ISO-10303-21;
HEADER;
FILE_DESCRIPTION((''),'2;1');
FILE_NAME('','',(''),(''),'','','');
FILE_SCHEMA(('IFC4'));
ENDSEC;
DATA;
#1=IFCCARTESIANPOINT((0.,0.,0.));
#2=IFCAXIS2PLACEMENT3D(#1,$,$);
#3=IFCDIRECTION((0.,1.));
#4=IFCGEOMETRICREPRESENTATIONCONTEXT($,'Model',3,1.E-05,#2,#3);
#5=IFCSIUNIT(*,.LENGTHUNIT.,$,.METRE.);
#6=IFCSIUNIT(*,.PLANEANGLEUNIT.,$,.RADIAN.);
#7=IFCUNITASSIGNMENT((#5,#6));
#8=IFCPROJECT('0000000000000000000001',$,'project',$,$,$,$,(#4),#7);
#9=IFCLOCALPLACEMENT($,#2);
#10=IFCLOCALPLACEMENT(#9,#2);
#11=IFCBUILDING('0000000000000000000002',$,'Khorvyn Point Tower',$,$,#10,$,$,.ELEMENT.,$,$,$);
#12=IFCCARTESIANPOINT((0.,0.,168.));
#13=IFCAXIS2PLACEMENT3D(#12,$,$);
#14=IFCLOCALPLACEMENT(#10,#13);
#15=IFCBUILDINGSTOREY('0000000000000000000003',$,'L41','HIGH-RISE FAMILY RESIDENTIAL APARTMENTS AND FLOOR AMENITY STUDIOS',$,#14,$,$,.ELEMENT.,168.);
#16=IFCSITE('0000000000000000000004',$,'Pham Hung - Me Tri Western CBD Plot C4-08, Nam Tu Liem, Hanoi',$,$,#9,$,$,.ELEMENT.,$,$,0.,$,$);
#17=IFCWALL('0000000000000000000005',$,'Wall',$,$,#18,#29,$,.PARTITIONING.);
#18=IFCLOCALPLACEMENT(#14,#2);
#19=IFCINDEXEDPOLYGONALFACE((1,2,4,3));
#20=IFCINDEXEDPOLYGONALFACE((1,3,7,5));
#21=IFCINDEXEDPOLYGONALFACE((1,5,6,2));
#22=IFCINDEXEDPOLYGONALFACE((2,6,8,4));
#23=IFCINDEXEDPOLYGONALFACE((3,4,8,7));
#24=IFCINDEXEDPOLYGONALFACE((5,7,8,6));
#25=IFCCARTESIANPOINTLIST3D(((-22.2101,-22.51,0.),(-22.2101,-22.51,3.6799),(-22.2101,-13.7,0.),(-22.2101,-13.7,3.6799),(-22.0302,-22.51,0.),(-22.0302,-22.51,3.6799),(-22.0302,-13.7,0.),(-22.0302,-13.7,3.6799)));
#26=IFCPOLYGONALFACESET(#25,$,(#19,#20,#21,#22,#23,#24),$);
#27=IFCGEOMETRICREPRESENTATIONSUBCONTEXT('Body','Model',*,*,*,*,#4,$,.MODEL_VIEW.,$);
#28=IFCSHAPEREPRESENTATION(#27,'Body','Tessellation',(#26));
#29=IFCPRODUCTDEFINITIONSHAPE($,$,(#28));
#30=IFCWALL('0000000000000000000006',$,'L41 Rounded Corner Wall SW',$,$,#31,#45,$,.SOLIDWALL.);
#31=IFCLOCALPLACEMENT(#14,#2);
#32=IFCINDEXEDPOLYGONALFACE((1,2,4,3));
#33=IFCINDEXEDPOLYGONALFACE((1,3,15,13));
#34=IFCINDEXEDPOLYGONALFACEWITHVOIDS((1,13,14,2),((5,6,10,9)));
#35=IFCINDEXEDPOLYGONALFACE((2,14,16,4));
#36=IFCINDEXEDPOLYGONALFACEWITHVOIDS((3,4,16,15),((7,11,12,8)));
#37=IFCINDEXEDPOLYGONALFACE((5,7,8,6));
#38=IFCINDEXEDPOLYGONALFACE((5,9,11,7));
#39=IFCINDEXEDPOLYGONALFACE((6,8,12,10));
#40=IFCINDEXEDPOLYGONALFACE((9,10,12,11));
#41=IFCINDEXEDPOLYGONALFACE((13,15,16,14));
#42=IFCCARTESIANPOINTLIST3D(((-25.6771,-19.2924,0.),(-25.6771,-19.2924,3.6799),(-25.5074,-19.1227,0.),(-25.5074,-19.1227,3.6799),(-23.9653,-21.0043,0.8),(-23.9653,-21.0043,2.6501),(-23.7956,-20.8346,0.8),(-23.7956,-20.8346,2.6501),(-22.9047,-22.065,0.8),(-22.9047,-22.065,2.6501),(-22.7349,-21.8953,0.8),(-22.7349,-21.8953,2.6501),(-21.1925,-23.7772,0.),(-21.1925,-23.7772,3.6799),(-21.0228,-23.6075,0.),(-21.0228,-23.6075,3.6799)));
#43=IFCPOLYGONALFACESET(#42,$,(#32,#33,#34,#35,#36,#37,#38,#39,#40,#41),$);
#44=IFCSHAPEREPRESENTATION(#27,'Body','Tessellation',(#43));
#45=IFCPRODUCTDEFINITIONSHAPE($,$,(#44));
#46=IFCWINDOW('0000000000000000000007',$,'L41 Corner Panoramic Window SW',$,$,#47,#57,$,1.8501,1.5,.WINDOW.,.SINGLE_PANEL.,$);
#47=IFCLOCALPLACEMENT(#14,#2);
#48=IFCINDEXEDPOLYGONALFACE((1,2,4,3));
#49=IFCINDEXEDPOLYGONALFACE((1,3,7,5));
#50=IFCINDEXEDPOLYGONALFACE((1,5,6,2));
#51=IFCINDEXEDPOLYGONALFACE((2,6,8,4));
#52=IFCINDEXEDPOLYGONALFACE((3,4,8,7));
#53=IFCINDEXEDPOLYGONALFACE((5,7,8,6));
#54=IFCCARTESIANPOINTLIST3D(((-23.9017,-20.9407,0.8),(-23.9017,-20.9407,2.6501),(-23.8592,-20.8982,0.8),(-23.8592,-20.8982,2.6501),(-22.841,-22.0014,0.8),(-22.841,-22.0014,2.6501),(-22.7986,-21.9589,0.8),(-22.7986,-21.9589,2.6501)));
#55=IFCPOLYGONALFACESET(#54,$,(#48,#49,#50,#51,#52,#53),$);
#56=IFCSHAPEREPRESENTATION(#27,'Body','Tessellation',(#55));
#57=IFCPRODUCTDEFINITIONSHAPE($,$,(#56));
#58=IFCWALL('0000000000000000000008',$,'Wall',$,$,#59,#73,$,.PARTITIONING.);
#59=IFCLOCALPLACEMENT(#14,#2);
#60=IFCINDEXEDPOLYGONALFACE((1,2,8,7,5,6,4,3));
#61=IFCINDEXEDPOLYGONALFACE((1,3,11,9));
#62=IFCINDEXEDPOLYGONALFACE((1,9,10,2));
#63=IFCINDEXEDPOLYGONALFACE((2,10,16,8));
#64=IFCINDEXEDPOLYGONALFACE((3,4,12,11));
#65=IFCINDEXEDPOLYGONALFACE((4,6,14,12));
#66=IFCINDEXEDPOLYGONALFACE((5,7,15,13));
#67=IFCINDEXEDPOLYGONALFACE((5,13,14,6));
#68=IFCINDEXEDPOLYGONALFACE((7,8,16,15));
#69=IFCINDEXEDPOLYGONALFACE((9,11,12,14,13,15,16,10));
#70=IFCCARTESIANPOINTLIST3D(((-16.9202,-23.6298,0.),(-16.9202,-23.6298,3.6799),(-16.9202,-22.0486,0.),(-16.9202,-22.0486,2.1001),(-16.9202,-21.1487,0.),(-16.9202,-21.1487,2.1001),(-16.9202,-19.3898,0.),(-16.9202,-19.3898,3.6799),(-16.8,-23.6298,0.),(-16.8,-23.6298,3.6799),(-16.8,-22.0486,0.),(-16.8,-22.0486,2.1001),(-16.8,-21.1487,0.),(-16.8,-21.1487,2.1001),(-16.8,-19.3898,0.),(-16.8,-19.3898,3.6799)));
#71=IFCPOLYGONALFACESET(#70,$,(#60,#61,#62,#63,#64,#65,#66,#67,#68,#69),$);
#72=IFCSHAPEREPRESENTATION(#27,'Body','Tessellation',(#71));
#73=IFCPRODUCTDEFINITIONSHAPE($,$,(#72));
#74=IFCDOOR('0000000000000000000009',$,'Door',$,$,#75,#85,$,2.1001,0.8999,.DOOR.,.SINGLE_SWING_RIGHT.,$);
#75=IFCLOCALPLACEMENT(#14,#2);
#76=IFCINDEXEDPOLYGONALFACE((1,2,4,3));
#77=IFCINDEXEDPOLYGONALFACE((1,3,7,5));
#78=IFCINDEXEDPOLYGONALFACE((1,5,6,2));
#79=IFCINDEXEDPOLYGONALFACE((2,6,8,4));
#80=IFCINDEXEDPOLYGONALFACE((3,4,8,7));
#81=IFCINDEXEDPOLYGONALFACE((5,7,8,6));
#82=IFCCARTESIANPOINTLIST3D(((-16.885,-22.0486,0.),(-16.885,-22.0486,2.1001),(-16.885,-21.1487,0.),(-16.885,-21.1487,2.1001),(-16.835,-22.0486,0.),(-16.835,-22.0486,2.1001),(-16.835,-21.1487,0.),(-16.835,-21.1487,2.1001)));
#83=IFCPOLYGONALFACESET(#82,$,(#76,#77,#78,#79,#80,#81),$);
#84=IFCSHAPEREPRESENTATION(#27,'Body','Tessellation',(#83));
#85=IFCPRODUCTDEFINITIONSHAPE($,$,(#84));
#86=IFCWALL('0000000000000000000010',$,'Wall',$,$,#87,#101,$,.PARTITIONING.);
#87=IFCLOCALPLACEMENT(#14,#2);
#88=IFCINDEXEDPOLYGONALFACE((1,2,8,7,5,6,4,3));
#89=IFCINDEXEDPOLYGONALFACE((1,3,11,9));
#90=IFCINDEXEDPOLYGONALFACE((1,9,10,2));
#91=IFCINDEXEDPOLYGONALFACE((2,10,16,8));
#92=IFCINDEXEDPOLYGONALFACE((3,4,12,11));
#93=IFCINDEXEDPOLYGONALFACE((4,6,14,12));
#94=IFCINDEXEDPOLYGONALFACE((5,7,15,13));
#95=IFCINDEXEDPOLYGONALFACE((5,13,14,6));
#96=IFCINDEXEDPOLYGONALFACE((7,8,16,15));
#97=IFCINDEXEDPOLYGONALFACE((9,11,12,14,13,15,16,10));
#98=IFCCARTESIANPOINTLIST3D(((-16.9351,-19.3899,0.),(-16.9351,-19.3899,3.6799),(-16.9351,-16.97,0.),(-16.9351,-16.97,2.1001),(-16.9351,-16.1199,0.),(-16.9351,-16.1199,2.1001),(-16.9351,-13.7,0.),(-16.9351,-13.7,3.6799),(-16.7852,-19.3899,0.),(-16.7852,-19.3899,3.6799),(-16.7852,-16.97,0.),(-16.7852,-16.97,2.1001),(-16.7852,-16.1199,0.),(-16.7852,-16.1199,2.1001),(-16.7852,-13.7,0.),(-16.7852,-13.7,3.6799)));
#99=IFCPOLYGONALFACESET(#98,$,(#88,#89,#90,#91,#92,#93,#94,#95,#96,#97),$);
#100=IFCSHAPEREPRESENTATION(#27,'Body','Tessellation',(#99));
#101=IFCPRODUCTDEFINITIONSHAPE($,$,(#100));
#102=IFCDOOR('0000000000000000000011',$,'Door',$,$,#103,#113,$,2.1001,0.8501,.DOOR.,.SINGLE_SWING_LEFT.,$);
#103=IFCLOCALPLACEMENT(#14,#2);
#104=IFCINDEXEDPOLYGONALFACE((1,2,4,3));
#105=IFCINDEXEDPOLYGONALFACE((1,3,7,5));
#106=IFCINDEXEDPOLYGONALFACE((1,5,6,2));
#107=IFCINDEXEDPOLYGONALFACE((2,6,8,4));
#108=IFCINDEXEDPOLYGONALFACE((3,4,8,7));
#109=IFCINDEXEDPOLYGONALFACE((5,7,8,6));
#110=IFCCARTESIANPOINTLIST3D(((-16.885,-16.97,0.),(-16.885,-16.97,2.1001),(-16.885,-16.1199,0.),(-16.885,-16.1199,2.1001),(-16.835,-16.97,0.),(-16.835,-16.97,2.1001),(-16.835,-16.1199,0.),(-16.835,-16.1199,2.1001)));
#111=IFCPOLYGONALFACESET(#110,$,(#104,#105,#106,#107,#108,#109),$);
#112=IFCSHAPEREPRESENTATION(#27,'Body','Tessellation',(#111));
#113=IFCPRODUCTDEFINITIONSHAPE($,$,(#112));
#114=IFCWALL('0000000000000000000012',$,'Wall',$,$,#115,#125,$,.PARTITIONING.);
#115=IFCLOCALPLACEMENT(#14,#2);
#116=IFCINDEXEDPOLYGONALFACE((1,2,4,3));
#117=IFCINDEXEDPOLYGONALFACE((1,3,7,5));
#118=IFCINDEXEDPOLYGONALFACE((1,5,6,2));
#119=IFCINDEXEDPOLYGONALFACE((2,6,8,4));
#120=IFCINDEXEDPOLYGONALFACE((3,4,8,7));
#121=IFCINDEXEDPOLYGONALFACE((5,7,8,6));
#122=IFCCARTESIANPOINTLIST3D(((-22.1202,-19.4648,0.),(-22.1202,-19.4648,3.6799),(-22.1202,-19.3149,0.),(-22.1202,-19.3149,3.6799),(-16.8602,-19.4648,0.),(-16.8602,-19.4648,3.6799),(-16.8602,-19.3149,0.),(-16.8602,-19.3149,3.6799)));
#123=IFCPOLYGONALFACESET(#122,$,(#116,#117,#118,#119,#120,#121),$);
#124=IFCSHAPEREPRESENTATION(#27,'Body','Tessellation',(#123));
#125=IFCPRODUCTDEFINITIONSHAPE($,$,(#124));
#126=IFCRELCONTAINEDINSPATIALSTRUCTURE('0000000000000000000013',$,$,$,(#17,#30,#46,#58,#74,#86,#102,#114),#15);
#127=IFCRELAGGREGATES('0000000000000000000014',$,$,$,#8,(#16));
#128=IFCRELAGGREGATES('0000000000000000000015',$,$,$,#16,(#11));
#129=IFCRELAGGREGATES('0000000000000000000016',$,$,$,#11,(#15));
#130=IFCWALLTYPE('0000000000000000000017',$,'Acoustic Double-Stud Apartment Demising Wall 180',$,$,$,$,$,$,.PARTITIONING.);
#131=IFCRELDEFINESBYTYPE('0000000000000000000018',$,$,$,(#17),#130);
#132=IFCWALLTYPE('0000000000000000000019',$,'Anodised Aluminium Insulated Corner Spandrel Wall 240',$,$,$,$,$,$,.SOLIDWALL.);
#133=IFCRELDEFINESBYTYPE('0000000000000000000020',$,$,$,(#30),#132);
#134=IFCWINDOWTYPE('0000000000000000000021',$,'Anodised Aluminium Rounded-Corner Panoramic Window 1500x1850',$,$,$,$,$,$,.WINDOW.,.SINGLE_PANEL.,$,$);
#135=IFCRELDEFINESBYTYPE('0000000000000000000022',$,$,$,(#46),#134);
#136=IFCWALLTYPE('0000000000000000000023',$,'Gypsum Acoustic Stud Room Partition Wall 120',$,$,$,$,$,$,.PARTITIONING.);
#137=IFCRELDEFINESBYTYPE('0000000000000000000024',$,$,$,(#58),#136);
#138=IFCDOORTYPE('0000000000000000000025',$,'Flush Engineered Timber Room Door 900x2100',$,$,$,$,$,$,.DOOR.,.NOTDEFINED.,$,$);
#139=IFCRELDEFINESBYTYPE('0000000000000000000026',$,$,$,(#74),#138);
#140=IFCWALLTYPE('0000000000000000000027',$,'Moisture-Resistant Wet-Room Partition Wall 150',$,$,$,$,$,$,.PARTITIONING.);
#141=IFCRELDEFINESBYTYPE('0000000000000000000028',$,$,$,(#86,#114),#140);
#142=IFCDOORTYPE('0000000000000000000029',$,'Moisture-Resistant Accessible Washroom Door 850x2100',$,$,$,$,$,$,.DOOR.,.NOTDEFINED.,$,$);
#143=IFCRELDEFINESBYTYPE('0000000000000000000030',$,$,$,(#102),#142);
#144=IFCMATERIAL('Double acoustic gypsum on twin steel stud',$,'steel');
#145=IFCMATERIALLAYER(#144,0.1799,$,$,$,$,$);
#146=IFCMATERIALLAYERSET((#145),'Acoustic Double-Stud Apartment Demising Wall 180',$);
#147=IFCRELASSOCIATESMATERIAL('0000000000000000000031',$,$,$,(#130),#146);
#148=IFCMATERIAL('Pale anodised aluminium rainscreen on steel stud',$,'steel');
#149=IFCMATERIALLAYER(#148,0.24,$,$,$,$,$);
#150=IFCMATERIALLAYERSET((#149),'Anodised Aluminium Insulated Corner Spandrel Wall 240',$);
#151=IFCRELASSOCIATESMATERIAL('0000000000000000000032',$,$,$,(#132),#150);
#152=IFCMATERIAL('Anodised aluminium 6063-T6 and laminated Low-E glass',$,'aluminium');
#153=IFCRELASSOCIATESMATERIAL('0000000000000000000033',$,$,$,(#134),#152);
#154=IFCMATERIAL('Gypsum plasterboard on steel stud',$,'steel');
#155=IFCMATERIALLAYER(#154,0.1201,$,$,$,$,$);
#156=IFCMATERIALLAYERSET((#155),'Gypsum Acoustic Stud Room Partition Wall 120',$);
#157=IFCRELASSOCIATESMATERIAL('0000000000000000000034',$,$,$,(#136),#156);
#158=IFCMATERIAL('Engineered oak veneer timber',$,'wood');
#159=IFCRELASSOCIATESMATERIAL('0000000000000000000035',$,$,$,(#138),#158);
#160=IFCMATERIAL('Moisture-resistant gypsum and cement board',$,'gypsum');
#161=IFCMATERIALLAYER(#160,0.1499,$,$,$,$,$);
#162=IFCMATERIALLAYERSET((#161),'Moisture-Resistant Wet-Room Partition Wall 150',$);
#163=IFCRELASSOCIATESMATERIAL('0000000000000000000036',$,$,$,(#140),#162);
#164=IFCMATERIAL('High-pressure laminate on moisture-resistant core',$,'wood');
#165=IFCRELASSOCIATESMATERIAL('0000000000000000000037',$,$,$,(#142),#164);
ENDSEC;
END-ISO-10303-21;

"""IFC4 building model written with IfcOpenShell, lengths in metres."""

from ifc_helpers import new_model, si_unit, direction, frame, frame_2d, origin, place, context, subcontext, project, spatial, rectangle, extrude, material, layer, layer_set, type_object, element, fill, save


model = new_model("IFC4")

# Units and contexts
model_context = context("Model", 3, precision=1e-05, world=origin(), true_north=direction((0.0, 1.0)))
body_context = subcontext(model_context, "Body", "Model", "MODEL_VIEW")
ifc_project = project(units=[si_unit("LENGTHUNIT", "METRE"), si_unit("PLANEANGLEUNIT", "RADIAN")], contexts=[model_context])

# Site, building, storey
site_placement = place(None, origin())
site = spatial("IfcSite", under=ifc_project, at=site_placement, Name="Pham Hung - Me Tri Western CBD Plot C4-08, Nam Tu Liem, Hanoi", CompositionType="ELEMENT", RefElevation=0.0)
building_placement = place(site_placement, origin())
building = spatial("IfcBuilding", under=site, at=building_placement, Name="Khorvyn Point Tower", CompositionType="ELEMENT")
storey_placement = place(building_placement, frame((0.0, 0.0, 168.0)))
storey = spatial("IfcBuildingStorey", under=building, at=storey_placement, Name="L41", Description="HIGH-RISE FAMILY RESIDENTIAL APARTMENTS AND FLOOR AMENITY STUDIOS", CompositionType="ELEMENT", Elevation=168.0)

# Shared definitions
ifc_material_1 = material(Name="Anodised aluminium 6063-T6 and laminated Low-E glass", Category="aluminium")

# Wall
ifc_material_2 = material(Name="Double acoustic gypsum on twin steel stud", Category="steel")
ifc_layer_1 = layer(ifc_material_2, 0.1799)
ifc_layer_set_1 = layer_set([ifc_layer_1], Name="Acoustic Double-Stud Apartment Demising Wall 180")
wall_type_1 = type_object("IfcWallType", Name="Acoustic Double-Stud Apartment Demising Wall 180", PredefinedType="PARTITIONING", material=ifc_layer_set_1)
wall_1_placement = place(storey_placement, frame((-22.1201, -22.51, 0.0), z_axis=(0.0, 0.0, 1.0), x_axis=(0.0, 1.0, 0.0)))
element("IfcWall", 1, at=wall_1_placement, inside=storey, type_object=wall_type_1, Name="Wall", PredefinedType="PARTITIONING", context=body_context, shape_type="SweptSolid", body=[
    extrude(rectangle(XDim=8.8101, YDim=0.1799, at=frame_2d((4.405, 0.0))), origin(), (0.0, 0.0, 1.0), 3.6799),
])

# Wall, opening, window
ifc_material_3 = material(Name="Pale anodised aluminium rainscreen on steel stud", Category="steel")
ifc_layer_2 = layer(ifc_material_3, 0.24)
ifc_layer_set_2 = layer_set([ifc_layer_2], Name="Anodised Aluminium Insulated Corner Spandrel Wall 240")
wall_type_2 = type_object("IfcWallType", Name="Anodised Aluminium Insulated Corner Spandrel Wall 240", PredefinedType="SOLIDWALL", material=ifc_layer_set_2)
wall_2_placement = place(storey_placement, frame((-21.1077, -23.6924, 0.0), z_axis=(0.0, 0.0, 1.0), x_axis=(-0.707088, 0.707126, 0.0)))
wall_2 = element("IfcWall", 2, at=wall_2_placement, inside=storey, type_object=wall_type_2, Name="L41 Rounded Corner Wall SW", PredefinedType="SOLIDWALL", context=body_context, shape_type="SweptSolid", body=[
    extrude(rectangle(XDim=6.3423, YDim=0.24, at=frame_2d((3.1711, 0.0))), origin(), (0.0, 0.0, 1.0), 3.6799),
])
opening_1_placement = place(wall_2_placement, frame((2.4214, 0.0, 0.8)))
opening_1 = element("IfcOpeningElement", 3, at=opening_1_placement, cuts=wall_2, PredefinedType="OPENING", context=body_context, shape_type="SweptSolid", body=[
    extrude(rectangle(XDim=1.5, YDim=1.8501, at=frame_2d((0.75, 0.925))), frame((0.0, 0.1299, 0.0), z_axis=(0.0, -1.0, 0.0), x_axis=(1.0, 0.0, 0.0)), (0.0, 0.0, 1.0), 0.26),
])
window_type = type_object("IfcWindowType", Name="Anodised Aluminium Rounded-Corner Panoramic Window 1500x1850", PartitioningType="SINGLE_PANEL", PredefinedType="WINDOW", material=ifc_material_1)
window_placement = place(opening_1_placement, origin())
window = element("IfcWindow", 4, at=window_placement, inside=storey, type_object=window_type, Name="L41 Corner Panoramic Window SW", OverallHeight=1.8501, OverallWidth=1.5, PartitioningType="SINGLE_PANEL", PredefinedType="WINDOW", context=body_context, shape_type="SweptSolid", body=[
    extrude(rectangle(XDim=1.5, YDim=1.8501, at=frame_2d((0.75, 0.925))), frame((0.0, 0.03, 0.0), z_axis=(0.0, -1.0, 0.0), x_axis=(1.0, 0.0, 0.0)), (0.0, 0.0, 1.0), 0.0601),
])
fill(opening_1, window)

# Walls, openings, doors
ifc_material_4 = material(Name="Gypsum plasterboard on steel stud", Category="steel")
ifc_layer_3 = layer(ifc_material_4, 0.1201)
ifc_layer_set_3 = layer_set([ifc_layer_3], Name="Gypsum Acoustic Stud Room Partition Wall 120")
wall_type_3 = type_object("IfcWallType", Name="Gypsum Acoustic Stud Room Partition Wall 120", PredefinedType="PARTITIONING", material=ifc_layer_set_3)
wall_3_placement = place(storey_placement, frame((-16.8601, -23.6299, 0.0), z_axis=(0.0, 0.0, 1.0), x_axis=(0.0, 1.0, 0.0)))
wall_3 = element("IfcWall", 5, at=wall_3_placement, inside=storey, type_object=wall_type_3, Name="Wall", PredefinedType="PARTITIONING", context=body_context, shape_type="SweptSolid", body=[
    extrude(rectangle(XDim=4.24, YDim=0.1201, at=frame_2d((2.1201, 0.0))), origin(), (0.0, 0.0, 1.0), 3.6799),
])
opening_2_placement = place(wall_3_placement, frame((1.5813, 0.0, 0.0)))
opening_2 = element("IfcOpeningElement", 6, at=opening_2_placement, cuts=wall_3, PredefinedType="OPENING", context=body_context, shape_type="SweptSolid", body=[
    extrude(rectangle(XDim=0.8999, YDim=2.1001, at=frame_2d((0.45, 1.05))), frame((0.0, 0.0701, 0.0), z_axis=(0.0, -1.0, 0.0), x_axis=(1.0, 0.0, 0.0)), (0.0, 0.0, 1.0), 0.1401),
])
ifc_material_5 = material(Name="Engineered oak veneer timber", Category="wood")
door_type_1 = type_object("IfcDoorType", Name="Flush Engineered Timber Room Door 900x2100", OperationType="NOTDEFINED", PredefinedType="DOOR", material=ifc_material_5)
door_1_placement = place(opening_2_placement, origin())
door_1 = element("IfcDoor", 7, at=door_1_placement, inside=storey, type_object=door_type_1, Name="Door", OperationType="SINGLE_SWING_RIGHT", OverallHeight=2.1001, OverallWidth=0.8999, PredefinedType="DOOR", context=body_context, shape_type="SweptSolid", body=[
    extrude(rectangle(XDim=0.8999, YDim=2.1001, at=frame_2d((0.45, 1.05))), frame((0.0, 0.0249, 0.0), z_axis=(0.0, -1.0, 0.0), x_axis=(1.0, 0.0, 0.0)), (0.0, 0.0, 1.0), 0.05),
])
fill(opening_2, door_1)
ifc_material_6 = material(Name="Moisture-resistant gypsum and cement board", Category="gypsum")
ifc_layer_4 = layer(ifc_material_6, 0.1499)
ifc_layer_set_4 = layer_set([ifc_layer_4], Name="Moisture-Resistant Wet-Room Partition Wall 150")
wall_type_4 = type_object("IfcWallType", Name="Moisture-Resistant Wet-Room Partition Wall 150", PredefinedType="PARTITIONING", material=ifc_layer_set_4)
wall_4_placement = place(storey_placement, frame((-16.8601, -19.3899, 0.0), z_axis=(0.0, 0.0, 1.0), x_axis=(0.0, 1.0, 0.0)))
wall_4 = element("IfcWall", 8, at=wall_4_placement, inside=storey, type_object=wall_type_4, Name="Wall", PredefinedType="PARTITIONING", context=body_context, shape_type="SweptSolid", body=[
    extrude(rectangle(XDim=5.6899, YDim=0.1499, at=frame_2d((2.845, 0.0))), origin(), (0.0, 0.0, 1.0), 3.6799),
])
opening_3_placement = place(wall_4_placement, frame((2.4199, 0.0, 0.0)))
opening_3 = element("IfcOpeningElement", 9, at=opening_3_placement, cuts=wall_4, PredefinedType="OPENING", context=body_context, shape_type="SweptSolid", body=[
    extrude(rectangle(XDim=0.8501, YDim=2.1001, at=frame_2d((0.425, 1.05))), frame((0.0, 0.085, 0.0), z_axis=(0.0, -1.0, 0.0), x_axis=(1.0, 0.0, 0.0)), (0.0, 0.0, 1.0), 0.1699),
])
ifc_material_7 = material(Name="High-pressure laminate on moisture-resistant core", Category="wood")
door_type_2 = type_object("IfcDoorType", Name="Moisture-Resistant Accessible Washroom Door 850x2100", OperationType="NOTDEFINED", PredefinedType="DOOR", material=ifc_material_7)
door_2_placement = place(opening_3_placement, origin())
door_2 = element("IfcDoor", 10, at=door_2_placement, inside=storey, type_object=door_type_2, Name="Door", OperationType="SINGLE_SWING_LEFT", OverallHeight=2.1001, OverallWidth=0.8501, PredefinedType="DOOR", context=body_context, shape_type="SweptSolid", body=[
    extrude(rectangle(XDim=0.8501, YDim=2.1001, at=frame_2d((0.425, 1.05))), frame((0.0, 0.0249, 0.0), z_axis=(0.0, -1.0, 0.0), x_axis=(1.0, 0.0, 0.0)), (0.0, 0.0, 1.0), 0.05),
])
fill(opening_3, door_2)

# Wall
wall_5_placement = place(storey_placement, frame((-22.1201, -19.3899, 0.0), z_axis=(0.0, 0.0, 1.0), x_axis=(1.0, 0.0, 0.0)))
element("IfcWall", 11, at=wall_5_placement, inside=storey, type_object=wall_type_4, Name="Wall", PredefinedType="PARTITIONING", context=body_context, shape_type="SweptSolid", body=[
    extrude(rectangle(XDim=5.26, YDim=0.1499, at=frame_2d((2.6299, 0.0))), origin(), (0.0, 0.0, 1.0), 3.6799),
])

save(model, "model.ifc")
